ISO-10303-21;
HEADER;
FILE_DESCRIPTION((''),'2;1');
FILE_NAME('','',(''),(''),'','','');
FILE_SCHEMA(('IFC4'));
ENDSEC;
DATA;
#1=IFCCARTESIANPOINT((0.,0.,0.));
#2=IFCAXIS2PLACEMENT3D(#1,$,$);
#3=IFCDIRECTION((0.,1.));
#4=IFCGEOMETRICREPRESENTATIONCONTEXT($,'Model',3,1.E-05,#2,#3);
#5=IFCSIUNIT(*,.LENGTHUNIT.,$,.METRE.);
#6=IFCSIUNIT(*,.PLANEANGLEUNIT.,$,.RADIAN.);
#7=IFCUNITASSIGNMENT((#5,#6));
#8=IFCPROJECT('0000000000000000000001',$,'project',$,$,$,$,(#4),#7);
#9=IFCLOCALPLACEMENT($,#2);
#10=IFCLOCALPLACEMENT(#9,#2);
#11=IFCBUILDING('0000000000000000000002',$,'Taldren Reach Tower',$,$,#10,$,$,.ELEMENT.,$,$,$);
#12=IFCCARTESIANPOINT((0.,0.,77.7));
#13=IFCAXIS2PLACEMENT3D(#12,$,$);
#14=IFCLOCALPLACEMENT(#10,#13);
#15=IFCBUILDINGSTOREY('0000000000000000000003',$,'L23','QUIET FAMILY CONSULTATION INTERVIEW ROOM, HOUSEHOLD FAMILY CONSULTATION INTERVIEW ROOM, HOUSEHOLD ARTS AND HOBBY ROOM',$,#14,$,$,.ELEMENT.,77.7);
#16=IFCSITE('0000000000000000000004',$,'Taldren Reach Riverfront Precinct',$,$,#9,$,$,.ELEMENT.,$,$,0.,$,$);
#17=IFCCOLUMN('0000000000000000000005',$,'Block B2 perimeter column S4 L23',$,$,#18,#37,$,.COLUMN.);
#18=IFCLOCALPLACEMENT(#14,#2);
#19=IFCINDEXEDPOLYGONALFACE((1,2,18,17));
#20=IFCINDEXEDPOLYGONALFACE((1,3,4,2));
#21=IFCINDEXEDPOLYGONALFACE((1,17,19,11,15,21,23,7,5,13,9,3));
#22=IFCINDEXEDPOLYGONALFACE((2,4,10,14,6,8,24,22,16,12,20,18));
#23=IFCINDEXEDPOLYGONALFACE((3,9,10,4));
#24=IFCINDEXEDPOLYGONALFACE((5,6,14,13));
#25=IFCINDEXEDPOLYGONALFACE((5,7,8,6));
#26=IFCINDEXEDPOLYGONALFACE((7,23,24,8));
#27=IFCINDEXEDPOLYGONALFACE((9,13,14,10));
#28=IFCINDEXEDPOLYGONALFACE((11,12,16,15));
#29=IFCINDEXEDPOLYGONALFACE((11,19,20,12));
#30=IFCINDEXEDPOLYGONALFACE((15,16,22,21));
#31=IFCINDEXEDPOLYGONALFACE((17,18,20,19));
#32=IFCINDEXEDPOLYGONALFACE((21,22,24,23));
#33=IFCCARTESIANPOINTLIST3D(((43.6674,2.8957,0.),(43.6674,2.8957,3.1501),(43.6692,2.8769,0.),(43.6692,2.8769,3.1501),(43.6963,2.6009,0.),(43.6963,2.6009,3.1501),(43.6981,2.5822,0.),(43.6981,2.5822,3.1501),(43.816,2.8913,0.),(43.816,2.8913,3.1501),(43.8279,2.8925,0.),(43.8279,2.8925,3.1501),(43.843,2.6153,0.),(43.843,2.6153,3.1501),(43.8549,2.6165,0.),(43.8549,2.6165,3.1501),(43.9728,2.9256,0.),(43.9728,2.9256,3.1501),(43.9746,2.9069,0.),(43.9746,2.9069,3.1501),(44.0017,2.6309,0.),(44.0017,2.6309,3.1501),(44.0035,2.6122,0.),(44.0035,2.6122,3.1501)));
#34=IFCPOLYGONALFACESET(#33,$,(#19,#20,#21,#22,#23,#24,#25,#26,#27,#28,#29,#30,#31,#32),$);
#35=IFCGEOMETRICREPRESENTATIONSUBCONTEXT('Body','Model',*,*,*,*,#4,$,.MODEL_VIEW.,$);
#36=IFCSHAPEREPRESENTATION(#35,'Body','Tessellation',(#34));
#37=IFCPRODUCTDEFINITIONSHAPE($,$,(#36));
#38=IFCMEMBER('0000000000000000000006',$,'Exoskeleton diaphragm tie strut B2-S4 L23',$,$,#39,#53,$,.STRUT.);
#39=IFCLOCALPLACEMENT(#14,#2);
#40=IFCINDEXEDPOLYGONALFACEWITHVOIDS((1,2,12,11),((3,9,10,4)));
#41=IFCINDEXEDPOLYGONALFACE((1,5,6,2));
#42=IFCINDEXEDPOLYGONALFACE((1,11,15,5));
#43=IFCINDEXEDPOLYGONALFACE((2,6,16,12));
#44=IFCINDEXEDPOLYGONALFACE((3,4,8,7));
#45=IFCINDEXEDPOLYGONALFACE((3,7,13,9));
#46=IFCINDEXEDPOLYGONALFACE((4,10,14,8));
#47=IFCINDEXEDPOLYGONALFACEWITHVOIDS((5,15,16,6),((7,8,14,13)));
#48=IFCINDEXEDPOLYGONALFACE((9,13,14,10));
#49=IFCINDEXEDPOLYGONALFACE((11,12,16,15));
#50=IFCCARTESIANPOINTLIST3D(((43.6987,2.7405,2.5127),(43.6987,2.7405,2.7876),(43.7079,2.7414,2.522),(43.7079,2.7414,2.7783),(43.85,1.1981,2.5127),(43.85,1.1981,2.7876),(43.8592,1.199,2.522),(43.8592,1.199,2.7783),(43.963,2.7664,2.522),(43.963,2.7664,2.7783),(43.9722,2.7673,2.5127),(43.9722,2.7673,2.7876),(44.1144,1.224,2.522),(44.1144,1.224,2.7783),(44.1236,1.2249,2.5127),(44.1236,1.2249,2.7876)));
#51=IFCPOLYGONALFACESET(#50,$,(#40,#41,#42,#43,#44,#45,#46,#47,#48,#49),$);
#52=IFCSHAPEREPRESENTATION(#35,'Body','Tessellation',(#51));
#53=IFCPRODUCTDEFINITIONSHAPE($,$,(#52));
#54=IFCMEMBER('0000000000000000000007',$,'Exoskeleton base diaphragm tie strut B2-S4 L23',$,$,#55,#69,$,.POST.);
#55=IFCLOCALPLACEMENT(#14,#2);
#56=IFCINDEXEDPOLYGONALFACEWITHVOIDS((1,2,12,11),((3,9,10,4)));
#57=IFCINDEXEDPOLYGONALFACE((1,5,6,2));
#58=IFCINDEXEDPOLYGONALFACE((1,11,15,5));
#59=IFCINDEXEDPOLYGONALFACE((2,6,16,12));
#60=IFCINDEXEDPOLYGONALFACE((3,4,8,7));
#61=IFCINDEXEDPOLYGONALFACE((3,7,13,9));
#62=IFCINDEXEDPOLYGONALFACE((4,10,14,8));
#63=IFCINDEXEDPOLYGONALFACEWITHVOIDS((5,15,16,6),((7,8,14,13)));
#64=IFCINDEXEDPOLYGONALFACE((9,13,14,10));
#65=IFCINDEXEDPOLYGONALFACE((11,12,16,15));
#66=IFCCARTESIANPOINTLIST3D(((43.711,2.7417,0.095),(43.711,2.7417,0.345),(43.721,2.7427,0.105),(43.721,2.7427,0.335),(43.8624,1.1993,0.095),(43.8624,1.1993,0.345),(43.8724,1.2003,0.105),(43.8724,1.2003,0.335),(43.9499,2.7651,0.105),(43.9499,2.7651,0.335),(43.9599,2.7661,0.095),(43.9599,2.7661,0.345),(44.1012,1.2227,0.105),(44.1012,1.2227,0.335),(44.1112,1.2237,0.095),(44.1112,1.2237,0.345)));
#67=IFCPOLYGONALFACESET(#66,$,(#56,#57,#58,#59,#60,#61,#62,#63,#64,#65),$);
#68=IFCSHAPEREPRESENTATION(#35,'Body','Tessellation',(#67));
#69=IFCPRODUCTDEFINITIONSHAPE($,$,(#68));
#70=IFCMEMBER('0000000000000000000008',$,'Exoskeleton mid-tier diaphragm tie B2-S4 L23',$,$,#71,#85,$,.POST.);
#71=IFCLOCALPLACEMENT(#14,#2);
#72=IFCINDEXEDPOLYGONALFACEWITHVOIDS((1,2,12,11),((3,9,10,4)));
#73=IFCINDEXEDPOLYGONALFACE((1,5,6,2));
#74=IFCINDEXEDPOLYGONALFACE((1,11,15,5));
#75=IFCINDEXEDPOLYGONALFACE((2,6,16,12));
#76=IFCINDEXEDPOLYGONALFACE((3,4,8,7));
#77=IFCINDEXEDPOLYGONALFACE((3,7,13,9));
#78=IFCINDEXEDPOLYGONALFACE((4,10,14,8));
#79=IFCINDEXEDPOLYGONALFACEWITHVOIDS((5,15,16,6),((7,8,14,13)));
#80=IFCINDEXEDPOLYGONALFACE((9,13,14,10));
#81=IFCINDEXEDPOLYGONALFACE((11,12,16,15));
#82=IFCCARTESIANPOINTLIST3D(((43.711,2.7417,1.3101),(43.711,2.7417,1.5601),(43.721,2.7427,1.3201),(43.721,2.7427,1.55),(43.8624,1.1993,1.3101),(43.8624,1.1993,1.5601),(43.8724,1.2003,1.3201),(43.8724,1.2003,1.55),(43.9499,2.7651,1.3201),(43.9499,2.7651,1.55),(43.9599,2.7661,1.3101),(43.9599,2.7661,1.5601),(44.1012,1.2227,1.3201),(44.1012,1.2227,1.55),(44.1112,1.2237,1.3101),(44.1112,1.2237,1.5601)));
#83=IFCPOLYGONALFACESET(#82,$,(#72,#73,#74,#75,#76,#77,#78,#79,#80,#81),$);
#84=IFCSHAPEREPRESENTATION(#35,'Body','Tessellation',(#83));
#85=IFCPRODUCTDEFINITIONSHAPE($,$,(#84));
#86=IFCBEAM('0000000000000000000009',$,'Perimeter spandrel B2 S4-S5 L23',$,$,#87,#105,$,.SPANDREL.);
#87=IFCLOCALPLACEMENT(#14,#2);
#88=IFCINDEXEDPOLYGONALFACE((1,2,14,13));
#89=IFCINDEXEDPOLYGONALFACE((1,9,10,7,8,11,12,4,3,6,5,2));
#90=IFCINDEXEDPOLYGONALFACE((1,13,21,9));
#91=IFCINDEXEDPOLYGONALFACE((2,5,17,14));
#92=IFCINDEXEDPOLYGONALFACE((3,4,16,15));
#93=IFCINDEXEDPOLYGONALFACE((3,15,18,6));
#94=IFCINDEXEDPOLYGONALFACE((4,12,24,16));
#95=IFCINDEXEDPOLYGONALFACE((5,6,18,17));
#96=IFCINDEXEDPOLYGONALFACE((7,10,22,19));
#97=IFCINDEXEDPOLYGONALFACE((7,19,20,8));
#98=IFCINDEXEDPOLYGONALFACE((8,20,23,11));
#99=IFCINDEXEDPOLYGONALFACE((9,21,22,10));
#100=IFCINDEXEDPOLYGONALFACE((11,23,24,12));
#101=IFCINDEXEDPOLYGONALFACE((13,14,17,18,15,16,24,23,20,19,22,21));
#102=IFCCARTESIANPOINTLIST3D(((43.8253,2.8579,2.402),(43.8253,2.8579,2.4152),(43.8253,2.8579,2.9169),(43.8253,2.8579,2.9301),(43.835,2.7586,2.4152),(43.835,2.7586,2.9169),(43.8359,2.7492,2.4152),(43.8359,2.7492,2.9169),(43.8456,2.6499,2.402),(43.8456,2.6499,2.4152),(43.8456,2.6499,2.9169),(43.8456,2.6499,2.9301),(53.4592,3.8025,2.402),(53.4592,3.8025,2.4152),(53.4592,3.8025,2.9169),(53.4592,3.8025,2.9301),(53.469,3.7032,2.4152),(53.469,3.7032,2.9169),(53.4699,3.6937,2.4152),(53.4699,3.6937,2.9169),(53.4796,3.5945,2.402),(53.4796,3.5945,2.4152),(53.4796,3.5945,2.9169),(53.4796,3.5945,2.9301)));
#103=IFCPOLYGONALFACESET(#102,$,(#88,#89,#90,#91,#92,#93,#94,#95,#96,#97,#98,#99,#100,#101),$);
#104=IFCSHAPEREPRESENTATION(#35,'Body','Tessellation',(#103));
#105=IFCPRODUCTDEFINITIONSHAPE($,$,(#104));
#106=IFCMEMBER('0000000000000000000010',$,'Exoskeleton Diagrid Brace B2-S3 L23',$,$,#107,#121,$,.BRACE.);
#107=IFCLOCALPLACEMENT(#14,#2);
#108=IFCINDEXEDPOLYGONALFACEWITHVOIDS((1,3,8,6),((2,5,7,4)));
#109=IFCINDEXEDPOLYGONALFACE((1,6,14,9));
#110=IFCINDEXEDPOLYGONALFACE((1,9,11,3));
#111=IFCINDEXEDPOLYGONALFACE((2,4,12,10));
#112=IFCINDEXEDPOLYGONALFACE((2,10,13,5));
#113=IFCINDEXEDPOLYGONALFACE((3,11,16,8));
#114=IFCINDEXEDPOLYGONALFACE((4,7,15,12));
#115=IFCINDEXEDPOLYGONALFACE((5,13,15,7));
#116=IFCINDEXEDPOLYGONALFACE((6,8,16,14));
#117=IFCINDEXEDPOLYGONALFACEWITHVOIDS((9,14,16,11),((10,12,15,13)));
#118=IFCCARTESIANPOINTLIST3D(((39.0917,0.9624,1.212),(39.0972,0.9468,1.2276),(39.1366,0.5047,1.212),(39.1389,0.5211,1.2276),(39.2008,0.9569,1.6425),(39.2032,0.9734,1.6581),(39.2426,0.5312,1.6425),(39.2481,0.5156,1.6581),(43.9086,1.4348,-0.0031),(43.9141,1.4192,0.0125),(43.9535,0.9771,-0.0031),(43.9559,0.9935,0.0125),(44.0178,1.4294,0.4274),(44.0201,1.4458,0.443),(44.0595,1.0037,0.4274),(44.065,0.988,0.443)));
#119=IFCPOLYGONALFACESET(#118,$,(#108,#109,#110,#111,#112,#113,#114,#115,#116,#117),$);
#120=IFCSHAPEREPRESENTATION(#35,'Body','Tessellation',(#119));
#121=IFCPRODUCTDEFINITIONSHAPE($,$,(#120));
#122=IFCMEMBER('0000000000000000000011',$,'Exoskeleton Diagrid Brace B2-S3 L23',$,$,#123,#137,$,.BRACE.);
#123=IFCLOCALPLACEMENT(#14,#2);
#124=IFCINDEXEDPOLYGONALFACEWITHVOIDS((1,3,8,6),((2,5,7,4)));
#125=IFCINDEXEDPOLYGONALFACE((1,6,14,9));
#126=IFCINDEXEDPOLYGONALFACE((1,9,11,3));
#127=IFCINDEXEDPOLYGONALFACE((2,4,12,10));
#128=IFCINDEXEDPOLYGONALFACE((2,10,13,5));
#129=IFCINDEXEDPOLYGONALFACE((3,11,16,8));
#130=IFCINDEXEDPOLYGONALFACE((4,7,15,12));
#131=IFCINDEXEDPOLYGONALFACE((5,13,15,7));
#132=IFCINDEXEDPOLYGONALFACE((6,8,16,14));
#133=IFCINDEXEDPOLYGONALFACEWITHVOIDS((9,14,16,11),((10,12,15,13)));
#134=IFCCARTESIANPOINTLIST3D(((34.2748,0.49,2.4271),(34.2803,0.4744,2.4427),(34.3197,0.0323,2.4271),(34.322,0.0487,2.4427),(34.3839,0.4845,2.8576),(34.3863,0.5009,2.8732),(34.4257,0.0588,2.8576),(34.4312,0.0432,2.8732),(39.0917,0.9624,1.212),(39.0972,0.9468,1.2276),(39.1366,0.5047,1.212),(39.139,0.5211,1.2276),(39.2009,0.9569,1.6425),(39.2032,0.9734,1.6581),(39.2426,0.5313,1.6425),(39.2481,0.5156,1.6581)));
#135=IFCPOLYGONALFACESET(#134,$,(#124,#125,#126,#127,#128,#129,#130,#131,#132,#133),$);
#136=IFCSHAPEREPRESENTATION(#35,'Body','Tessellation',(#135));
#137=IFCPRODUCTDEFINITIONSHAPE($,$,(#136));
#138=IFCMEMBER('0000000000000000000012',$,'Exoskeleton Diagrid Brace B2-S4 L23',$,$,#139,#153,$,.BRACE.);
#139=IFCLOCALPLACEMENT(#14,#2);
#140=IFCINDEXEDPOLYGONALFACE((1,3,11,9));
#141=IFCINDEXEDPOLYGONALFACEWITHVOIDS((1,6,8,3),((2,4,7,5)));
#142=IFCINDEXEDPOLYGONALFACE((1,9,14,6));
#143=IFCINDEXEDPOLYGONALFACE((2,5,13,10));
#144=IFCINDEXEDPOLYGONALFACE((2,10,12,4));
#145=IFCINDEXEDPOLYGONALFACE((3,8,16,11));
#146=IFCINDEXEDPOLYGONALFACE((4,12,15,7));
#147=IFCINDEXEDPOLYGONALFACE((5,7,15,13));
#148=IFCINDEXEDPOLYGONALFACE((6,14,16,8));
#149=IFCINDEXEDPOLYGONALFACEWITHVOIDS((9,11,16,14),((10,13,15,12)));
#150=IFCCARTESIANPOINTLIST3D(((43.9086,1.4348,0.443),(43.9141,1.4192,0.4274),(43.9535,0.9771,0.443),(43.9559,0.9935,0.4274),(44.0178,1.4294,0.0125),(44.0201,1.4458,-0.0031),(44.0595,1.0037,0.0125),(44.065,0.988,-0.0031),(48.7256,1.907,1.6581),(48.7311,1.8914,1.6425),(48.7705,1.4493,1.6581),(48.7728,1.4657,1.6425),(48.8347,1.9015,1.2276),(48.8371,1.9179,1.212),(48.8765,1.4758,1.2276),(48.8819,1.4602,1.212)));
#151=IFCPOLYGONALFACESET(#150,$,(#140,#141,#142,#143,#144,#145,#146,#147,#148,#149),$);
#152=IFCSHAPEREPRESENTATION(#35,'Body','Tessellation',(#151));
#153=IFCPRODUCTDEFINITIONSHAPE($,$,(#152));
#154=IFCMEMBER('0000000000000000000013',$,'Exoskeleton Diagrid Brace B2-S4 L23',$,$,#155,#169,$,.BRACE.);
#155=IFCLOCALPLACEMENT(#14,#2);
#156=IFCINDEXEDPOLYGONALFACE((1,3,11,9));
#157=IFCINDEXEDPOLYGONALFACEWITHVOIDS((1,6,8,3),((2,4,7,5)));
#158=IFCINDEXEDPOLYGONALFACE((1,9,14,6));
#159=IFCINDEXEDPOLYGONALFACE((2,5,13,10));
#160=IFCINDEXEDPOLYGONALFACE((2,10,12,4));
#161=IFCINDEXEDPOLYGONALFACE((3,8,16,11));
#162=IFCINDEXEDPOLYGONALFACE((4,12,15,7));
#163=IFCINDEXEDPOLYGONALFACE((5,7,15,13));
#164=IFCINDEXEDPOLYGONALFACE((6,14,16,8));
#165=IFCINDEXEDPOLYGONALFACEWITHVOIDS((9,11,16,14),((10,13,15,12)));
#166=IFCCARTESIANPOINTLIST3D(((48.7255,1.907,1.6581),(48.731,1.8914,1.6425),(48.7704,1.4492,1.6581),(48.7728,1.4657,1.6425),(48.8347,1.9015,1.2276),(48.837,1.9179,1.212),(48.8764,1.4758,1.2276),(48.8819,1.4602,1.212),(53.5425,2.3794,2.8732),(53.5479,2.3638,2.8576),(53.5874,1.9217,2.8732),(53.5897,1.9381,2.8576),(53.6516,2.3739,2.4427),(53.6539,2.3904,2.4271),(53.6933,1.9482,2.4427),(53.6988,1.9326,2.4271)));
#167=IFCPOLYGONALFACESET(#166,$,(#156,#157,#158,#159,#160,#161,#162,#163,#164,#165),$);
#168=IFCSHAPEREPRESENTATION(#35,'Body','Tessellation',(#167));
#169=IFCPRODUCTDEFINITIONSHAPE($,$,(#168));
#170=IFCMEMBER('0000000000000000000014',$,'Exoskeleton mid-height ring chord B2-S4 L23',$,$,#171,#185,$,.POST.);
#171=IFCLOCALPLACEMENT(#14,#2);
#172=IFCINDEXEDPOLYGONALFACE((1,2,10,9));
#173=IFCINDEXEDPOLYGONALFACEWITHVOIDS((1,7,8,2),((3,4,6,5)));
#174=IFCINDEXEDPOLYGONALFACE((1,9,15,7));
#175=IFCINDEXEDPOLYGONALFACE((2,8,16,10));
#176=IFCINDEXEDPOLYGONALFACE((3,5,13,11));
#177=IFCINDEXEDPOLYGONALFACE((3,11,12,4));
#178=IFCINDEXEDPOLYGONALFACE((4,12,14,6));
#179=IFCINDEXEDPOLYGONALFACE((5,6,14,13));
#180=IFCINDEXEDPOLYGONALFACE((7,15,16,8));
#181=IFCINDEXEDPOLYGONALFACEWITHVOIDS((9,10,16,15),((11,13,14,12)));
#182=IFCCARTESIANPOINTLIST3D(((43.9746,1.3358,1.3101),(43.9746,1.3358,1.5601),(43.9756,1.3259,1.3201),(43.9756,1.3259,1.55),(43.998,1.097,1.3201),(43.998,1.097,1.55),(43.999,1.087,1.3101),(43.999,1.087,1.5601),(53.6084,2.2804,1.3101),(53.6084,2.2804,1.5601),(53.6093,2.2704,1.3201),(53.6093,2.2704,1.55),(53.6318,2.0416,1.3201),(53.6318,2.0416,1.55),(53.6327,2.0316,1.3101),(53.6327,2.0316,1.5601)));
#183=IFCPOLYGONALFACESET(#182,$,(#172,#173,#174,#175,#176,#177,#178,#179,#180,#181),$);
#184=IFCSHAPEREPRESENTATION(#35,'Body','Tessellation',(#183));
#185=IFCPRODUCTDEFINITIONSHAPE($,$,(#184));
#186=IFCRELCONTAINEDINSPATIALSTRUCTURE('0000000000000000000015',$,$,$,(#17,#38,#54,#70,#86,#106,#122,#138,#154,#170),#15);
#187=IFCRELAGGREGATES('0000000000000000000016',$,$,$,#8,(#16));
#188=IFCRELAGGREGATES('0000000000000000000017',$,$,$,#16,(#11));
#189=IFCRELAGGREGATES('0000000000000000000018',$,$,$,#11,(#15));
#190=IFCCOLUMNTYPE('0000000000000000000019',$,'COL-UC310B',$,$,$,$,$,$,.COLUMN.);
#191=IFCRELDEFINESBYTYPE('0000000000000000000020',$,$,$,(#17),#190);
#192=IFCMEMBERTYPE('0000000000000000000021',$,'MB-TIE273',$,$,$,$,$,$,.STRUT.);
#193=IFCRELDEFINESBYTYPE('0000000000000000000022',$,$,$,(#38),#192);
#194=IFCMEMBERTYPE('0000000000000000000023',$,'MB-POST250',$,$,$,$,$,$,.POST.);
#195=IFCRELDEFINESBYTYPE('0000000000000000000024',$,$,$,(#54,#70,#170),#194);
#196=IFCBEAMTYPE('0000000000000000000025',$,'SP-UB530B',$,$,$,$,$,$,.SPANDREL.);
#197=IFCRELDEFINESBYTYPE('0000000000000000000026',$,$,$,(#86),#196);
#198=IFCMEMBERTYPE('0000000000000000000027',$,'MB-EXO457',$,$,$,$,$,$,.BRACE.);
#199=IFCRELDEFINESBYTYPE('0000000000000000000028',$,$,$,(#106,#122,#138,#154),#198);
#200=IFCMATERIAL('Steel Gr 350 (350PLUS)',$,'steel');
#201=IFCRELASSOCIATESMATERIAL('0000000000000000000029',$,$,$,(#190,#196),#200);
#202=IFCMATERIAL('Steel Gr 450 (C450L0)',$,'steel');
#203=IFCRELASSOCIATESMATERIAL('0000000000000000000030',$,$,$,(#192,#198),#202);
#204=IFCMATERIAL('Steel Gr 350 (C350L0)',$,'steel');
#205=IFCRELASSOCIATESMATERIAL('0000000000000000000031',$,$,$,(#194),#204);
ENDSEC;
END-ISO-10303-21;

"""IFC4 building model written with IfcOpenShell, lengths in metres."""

from ifc_helpers import new_model, si_unit, direction, frame, origin, origin_2d, place, context, subcontext, project, spatial, hollow_rectangle, i_section, extrude, source, transform, mapped, material, material_profile, profile_set, type_object, element, save


model = new_model("IFC4")

# Units and contexts
model_context = context("Model", 3, precision=1e-05, world=origin(), true_north=direction((0.0, 1.0)))
body_context = subcontext(model_context, "Body", "Model", "MODEL_VIEW")
ifc_project = project(units=[si_unit("LENGTHUNIT", "METRE"), si_unit("PLANEANGLEUNIT", "RADIAN")], contexts=[model_context])

# Site, building, storey
site_placement = place(None, origin())
site = spatial("IfcSite", under=ifc_project, at=site_placement, Name="Taldren Reach Riverfront Precinct", CompositionType="ELEMENT", RefElevation=0.0)
building_placement = place(site_placement, origin())
building = spatial("IfcBuilding", under=site, at=building_placement, Name="Taldren Reach Tower", CompositionType="ELEMENT")
storey_placement = place(building_placement, frame((0.0, 0.0, 77.7)))
storey = spatial("IfcBuildingStorey", under=building, at=storey_placement, Name="L23", Description="QUIET FAMILY CONSULTATION INTERVIEW ROOM, HOUSEHOLD FAMILY CONSULTATION INTERVIEW ROOM, HOUSEHOLD ARTS AND HOBBY ROOM", CompositionType="ELEMENT", Elevation=77.7)

# Column
ifc_material_1 = material(Name="Steel Gr 350 (350PLUS)", Category="steel")
ifc_material_profile_1 = material_profile(ifc_material_1, i_section(OverallWidth=0.3069, OverallDepth=0.3149, WebThickness=0.012, FlangeThickness=0.0188, at=origin_2d()), Name="310UC118")
ifc_profile_set_1 = profile_set([ifc_material_profile_1], Name="Steel Gr 350 (350PLUS)")
column_type = type_object("IfcColumnType", Name="COL-UC310B", PredefinedType="COLUMN", material=ifc_profile_set_1)
shared_shape_1 = source(origin(), body_context, "Body", "SweptSolid", [
    extrude(i_section(OverallWidth=0.3069, OverallDepth=0.3149, WebThickness=0.012, FlangeThickness=0.0188, at=origin_2d()), origin(), (0.0, 0.0, 1.0), 3.1501),
])
column_placement = place(storey_placement, frame((43.8354, 2.7539, 0.0), z_axis=(0.0, 0.0, 1.0), x_axis=(0.995227, 0.097583, 0.0)))
element("IfcColumn", 1, at=column_placement, inside=storey, type_object=column_type, Name="Block B2 perimeter column S4 L23", PredefinedType="COLUMN", context=body_context, shape_type="MappedRepresentation", body=[
    mapped(shared_shape_1, transform((0.0, 0.0, 0.0), scale=1.0)),
])

# Members
ifc_material_2 = material(Name="Steel Gr 450 (C450L0)", Category="steel")
ifc_material_profile_2 = material_profile(ifc_material_2, hollow_rectangle(XDim=0.2749, YDim=0.2749, WallThickness=0.0093, at=origin_2d()), Name="275x275x9.3SHS")
ifc_profile_set_2 = profile_set([ifc_material_profile_2], Name="Steel Gr 450 (C450L0)")
member_type_1 = type_object("IfcMemberType", Name="MB-TIE273", PredefinedType="STRUT", material=ifc_profile_set_2)
shared_shape_2 = source(origin(), body_context, "Body", "SweptSolid", [
    extrude(hollow_rectangle(XDim=0.2749, YDim=0.2749, WallThickness=0.0093, at=origin_2d()), origin(), (0.0, 0.0, 1.0), 1.5498),
])
member_1_placement = place(storey_placement, frame((43.8354, 2.7539, 2.6501), z_axis=(0.097663, -0.99522, 0.0), x_axis=(0.99522, 0.097663, 0.0)))
element("IfcMember", 2, at=member_1_placement, inside=storey, type_object=member_type_1, Name="Exoskeleton diaphragm tie strut B2-S4 L23", PredefinedType="STRUT", context=body_context, shape_type="MappedRepresentation", body=[
    mapped(shared_shape_2, transform((0.0, 0.0, 0.0), scale=1.0)),
])
ifc_material_3 = material(Name="Steel Gr 350 (C350L0)", Category="steel")
ifc_material_profile_3 = material_profile(ifc_material_3, hollow_rectangle(XDim=0.25, YDim=0.25, WallThickness=0.01, at=origin_2d()), Name="250x250x10.0SHS")
ifc_profile_set_3 = profile_set([ifc_material_profile_3], Name="Steel Gr 350 (C350L0)")
member_type_2 = type_object("IfcMemberType", Name="MB-POST250", PredefinedType="POST", material=ifc_profile_set_3)
shared_shape_3 = source(origin(), body_context, "Body", "SweptSolid", [
    extrude(hollow_rectangle(XDim=0.25, YDim=0.25, WallThickness=0.01, at=origin_2d()), origin(), (0.0, 0.0, 1.0), 1.5498),
])
for number, where, z_axis, x_axis, name in (
    (3, (43.8354, 2.7539, 0.22), (0.097663, -0.99522, 0.0), (0.99522, 0.097663, 0.0), "Exoskeleton base diaphragm tie strut B2-S4 L23"),
    (4, (43.8354, 2.7539, 1.4351), (0.097663, -0.99522, 0.0), (0.99522, 0.097663, 0.0), "Exoskeleton mid-tier diaphragm tie B2-S4 L23"),
):
    element("IfcMember", number, at=place(storey_placement, frame(where, z_axis=z_axis, x_axis=x_axis)), inside=storey, type_object=member_type_2, Name=name, PredefinedType="POST", context=body_context, shape_type="MappedRepresentation", body=[
        mapped(shared_shape_3, transform((0.0, 0.0, 0.0), scale=1.0)),
    ])

# Beam
ifc_material_profile_4 = material_profile(ifc_material_1, i_section(OverallWidth=0.209, OverallDepth=0.5281, WebThickness=0.0095, FlangeThickness=0.0132, at=origin_2d()), Name="530UB82.0")
ifc_profile_set_4 = profile_set([ifc_material_profile_4], Name="Steel Gr 350 (350PLUS)")
beam_type = type_object("IfcBeamType", Name="SP-UB530B", PredefinedType="SPANDREL", material=ifc_profile_set_4)
shared_shape_4 = source(origin(), body_context, "Body", "SweptSolid", [
    extrude(i_section(OverallWidth=0.209, OverallDepth=0.5281, WebThickness=0.0095, FlangeThickness=0.0132, at=origin_2d()), origin(), (0.0, 0.0, 1.0), 9.6802),
])
beam_placement = place(storey_placement, frame((43.8354, 2.7539, 2.666), z_axis=(0.995228, 0.097578, 0.0), x_axis=(-0.097578, 0.995228, 0.0)))
element("IfcBeam", 5, at=beam_placement, inside=storey, type_object=beam_type, Name="Perimeter spandrel B2 S4-S5 L23", PredefinedType="SPANDREL", context=body_context, shape_type="MappedRepresentation", body=[
    mapped(shared_shape_4, transform((0.0, 0.0, 0.0), scale=1.0)),
])

# Members
ifc_material_profile_5 = material_profile(ifc_material_2, hollow_rectangle(XDim=0.46, YDim=0.46, WallThickness=0.0161, at=origin_2d()), Name="460x460x16.0SHS")
ifc_profile_set_5 = profile_set([ifc_material_profile_5], Name="Steel Gr 450 (C450L0)")
member_type_3 = type_object("IfcMemberType", Name="MB-EXO457", PredefinedType="BRACE", material=ifc_profile_set_5)
shared_shape_5 = source(origin(), body_context, "Body", "SweptSolid", [
    extrude(hollow_rectangle(XDim=0.46, YDim=0.46, WallThickness=0.0161, at=origin_2d()), origin(), (0.0, 0.0, 1.0), 4.9902),
])
for number, where, z_axis, x_axis, name in (
    (6, (43.9868, 1.2114, 0.22), (-0.965271, -0.094668, 0.243495), (0.097606, -0.995225, 0.0), "Exoskeleton Diagrid Brace B2-S3 L23"),
    (7, (39.1699, 0.739, 1.4351), (-0.965271, -0.094668, 0.243495), (0.097606, -0.995225, 0.0), "Exoskeleton Diagrid Brace B2-S3 L23"),
    (8, (43.9868, 1.2114, 0.22), (0.965276, 0.09462, 0.243496), (-0.097556, 0.99523, 0.0), "Exoskeleton Diagrid Brace B2-S4 L23"),
    (9, (48.8037, 1.6836, 1.4351), (0.965271, 0.094668, 0.243495), (-0.097606, 0.995225, 0.0), "Exoskeleton Diagrid Brace B2-S4 L23"),
):
    element("IfcMember", number, at=place(storey_placement, frame(where, z_axis=z_axis, x_axis=x_axis)), inside=storey, type_object=member_type_3, Name=name, PredefinedType="BRACE", context=body_context, shape_type="MappedRepresentation", body=[
        mapped(shared_shape_5, transform((0.0, 0.0, 0.0), scale=1.0)),
    ])
shared_shape_6 = source(origin(), body_context, "Body", "SweptSolid", [
    extrude(hollow_rectangle(XDim=0.25, YDim=0.25, WallThickness=0.01, at=origin_2d()), origin(), (0.0, 0.0, 1.0), 9.6799),
])
for number, where, z_axis, x_axis, name in (
    (10, (43.9868, 1.2114, 1.4351), (0.995228, 0.097581, 0.0), (-0.097581, 0.995228, 0.0), "Exoskeleton mid-height ring chord B2-S4 L23"),
):
    element("IfcMember", number, at=place(storey_placement, frame(where, z_axis=z_axis, x_axis=x_axis)), inside=storey, type_object=member_type_2, Name=name, PredefinedType="POST", context=body_context, shape_type="MappedRepresentation", body=[
        mapped(shared_shape_6, transform((0.0, 0.0, 0.0), scale=1.0)),
    ])

save(model, "model.ifc")
